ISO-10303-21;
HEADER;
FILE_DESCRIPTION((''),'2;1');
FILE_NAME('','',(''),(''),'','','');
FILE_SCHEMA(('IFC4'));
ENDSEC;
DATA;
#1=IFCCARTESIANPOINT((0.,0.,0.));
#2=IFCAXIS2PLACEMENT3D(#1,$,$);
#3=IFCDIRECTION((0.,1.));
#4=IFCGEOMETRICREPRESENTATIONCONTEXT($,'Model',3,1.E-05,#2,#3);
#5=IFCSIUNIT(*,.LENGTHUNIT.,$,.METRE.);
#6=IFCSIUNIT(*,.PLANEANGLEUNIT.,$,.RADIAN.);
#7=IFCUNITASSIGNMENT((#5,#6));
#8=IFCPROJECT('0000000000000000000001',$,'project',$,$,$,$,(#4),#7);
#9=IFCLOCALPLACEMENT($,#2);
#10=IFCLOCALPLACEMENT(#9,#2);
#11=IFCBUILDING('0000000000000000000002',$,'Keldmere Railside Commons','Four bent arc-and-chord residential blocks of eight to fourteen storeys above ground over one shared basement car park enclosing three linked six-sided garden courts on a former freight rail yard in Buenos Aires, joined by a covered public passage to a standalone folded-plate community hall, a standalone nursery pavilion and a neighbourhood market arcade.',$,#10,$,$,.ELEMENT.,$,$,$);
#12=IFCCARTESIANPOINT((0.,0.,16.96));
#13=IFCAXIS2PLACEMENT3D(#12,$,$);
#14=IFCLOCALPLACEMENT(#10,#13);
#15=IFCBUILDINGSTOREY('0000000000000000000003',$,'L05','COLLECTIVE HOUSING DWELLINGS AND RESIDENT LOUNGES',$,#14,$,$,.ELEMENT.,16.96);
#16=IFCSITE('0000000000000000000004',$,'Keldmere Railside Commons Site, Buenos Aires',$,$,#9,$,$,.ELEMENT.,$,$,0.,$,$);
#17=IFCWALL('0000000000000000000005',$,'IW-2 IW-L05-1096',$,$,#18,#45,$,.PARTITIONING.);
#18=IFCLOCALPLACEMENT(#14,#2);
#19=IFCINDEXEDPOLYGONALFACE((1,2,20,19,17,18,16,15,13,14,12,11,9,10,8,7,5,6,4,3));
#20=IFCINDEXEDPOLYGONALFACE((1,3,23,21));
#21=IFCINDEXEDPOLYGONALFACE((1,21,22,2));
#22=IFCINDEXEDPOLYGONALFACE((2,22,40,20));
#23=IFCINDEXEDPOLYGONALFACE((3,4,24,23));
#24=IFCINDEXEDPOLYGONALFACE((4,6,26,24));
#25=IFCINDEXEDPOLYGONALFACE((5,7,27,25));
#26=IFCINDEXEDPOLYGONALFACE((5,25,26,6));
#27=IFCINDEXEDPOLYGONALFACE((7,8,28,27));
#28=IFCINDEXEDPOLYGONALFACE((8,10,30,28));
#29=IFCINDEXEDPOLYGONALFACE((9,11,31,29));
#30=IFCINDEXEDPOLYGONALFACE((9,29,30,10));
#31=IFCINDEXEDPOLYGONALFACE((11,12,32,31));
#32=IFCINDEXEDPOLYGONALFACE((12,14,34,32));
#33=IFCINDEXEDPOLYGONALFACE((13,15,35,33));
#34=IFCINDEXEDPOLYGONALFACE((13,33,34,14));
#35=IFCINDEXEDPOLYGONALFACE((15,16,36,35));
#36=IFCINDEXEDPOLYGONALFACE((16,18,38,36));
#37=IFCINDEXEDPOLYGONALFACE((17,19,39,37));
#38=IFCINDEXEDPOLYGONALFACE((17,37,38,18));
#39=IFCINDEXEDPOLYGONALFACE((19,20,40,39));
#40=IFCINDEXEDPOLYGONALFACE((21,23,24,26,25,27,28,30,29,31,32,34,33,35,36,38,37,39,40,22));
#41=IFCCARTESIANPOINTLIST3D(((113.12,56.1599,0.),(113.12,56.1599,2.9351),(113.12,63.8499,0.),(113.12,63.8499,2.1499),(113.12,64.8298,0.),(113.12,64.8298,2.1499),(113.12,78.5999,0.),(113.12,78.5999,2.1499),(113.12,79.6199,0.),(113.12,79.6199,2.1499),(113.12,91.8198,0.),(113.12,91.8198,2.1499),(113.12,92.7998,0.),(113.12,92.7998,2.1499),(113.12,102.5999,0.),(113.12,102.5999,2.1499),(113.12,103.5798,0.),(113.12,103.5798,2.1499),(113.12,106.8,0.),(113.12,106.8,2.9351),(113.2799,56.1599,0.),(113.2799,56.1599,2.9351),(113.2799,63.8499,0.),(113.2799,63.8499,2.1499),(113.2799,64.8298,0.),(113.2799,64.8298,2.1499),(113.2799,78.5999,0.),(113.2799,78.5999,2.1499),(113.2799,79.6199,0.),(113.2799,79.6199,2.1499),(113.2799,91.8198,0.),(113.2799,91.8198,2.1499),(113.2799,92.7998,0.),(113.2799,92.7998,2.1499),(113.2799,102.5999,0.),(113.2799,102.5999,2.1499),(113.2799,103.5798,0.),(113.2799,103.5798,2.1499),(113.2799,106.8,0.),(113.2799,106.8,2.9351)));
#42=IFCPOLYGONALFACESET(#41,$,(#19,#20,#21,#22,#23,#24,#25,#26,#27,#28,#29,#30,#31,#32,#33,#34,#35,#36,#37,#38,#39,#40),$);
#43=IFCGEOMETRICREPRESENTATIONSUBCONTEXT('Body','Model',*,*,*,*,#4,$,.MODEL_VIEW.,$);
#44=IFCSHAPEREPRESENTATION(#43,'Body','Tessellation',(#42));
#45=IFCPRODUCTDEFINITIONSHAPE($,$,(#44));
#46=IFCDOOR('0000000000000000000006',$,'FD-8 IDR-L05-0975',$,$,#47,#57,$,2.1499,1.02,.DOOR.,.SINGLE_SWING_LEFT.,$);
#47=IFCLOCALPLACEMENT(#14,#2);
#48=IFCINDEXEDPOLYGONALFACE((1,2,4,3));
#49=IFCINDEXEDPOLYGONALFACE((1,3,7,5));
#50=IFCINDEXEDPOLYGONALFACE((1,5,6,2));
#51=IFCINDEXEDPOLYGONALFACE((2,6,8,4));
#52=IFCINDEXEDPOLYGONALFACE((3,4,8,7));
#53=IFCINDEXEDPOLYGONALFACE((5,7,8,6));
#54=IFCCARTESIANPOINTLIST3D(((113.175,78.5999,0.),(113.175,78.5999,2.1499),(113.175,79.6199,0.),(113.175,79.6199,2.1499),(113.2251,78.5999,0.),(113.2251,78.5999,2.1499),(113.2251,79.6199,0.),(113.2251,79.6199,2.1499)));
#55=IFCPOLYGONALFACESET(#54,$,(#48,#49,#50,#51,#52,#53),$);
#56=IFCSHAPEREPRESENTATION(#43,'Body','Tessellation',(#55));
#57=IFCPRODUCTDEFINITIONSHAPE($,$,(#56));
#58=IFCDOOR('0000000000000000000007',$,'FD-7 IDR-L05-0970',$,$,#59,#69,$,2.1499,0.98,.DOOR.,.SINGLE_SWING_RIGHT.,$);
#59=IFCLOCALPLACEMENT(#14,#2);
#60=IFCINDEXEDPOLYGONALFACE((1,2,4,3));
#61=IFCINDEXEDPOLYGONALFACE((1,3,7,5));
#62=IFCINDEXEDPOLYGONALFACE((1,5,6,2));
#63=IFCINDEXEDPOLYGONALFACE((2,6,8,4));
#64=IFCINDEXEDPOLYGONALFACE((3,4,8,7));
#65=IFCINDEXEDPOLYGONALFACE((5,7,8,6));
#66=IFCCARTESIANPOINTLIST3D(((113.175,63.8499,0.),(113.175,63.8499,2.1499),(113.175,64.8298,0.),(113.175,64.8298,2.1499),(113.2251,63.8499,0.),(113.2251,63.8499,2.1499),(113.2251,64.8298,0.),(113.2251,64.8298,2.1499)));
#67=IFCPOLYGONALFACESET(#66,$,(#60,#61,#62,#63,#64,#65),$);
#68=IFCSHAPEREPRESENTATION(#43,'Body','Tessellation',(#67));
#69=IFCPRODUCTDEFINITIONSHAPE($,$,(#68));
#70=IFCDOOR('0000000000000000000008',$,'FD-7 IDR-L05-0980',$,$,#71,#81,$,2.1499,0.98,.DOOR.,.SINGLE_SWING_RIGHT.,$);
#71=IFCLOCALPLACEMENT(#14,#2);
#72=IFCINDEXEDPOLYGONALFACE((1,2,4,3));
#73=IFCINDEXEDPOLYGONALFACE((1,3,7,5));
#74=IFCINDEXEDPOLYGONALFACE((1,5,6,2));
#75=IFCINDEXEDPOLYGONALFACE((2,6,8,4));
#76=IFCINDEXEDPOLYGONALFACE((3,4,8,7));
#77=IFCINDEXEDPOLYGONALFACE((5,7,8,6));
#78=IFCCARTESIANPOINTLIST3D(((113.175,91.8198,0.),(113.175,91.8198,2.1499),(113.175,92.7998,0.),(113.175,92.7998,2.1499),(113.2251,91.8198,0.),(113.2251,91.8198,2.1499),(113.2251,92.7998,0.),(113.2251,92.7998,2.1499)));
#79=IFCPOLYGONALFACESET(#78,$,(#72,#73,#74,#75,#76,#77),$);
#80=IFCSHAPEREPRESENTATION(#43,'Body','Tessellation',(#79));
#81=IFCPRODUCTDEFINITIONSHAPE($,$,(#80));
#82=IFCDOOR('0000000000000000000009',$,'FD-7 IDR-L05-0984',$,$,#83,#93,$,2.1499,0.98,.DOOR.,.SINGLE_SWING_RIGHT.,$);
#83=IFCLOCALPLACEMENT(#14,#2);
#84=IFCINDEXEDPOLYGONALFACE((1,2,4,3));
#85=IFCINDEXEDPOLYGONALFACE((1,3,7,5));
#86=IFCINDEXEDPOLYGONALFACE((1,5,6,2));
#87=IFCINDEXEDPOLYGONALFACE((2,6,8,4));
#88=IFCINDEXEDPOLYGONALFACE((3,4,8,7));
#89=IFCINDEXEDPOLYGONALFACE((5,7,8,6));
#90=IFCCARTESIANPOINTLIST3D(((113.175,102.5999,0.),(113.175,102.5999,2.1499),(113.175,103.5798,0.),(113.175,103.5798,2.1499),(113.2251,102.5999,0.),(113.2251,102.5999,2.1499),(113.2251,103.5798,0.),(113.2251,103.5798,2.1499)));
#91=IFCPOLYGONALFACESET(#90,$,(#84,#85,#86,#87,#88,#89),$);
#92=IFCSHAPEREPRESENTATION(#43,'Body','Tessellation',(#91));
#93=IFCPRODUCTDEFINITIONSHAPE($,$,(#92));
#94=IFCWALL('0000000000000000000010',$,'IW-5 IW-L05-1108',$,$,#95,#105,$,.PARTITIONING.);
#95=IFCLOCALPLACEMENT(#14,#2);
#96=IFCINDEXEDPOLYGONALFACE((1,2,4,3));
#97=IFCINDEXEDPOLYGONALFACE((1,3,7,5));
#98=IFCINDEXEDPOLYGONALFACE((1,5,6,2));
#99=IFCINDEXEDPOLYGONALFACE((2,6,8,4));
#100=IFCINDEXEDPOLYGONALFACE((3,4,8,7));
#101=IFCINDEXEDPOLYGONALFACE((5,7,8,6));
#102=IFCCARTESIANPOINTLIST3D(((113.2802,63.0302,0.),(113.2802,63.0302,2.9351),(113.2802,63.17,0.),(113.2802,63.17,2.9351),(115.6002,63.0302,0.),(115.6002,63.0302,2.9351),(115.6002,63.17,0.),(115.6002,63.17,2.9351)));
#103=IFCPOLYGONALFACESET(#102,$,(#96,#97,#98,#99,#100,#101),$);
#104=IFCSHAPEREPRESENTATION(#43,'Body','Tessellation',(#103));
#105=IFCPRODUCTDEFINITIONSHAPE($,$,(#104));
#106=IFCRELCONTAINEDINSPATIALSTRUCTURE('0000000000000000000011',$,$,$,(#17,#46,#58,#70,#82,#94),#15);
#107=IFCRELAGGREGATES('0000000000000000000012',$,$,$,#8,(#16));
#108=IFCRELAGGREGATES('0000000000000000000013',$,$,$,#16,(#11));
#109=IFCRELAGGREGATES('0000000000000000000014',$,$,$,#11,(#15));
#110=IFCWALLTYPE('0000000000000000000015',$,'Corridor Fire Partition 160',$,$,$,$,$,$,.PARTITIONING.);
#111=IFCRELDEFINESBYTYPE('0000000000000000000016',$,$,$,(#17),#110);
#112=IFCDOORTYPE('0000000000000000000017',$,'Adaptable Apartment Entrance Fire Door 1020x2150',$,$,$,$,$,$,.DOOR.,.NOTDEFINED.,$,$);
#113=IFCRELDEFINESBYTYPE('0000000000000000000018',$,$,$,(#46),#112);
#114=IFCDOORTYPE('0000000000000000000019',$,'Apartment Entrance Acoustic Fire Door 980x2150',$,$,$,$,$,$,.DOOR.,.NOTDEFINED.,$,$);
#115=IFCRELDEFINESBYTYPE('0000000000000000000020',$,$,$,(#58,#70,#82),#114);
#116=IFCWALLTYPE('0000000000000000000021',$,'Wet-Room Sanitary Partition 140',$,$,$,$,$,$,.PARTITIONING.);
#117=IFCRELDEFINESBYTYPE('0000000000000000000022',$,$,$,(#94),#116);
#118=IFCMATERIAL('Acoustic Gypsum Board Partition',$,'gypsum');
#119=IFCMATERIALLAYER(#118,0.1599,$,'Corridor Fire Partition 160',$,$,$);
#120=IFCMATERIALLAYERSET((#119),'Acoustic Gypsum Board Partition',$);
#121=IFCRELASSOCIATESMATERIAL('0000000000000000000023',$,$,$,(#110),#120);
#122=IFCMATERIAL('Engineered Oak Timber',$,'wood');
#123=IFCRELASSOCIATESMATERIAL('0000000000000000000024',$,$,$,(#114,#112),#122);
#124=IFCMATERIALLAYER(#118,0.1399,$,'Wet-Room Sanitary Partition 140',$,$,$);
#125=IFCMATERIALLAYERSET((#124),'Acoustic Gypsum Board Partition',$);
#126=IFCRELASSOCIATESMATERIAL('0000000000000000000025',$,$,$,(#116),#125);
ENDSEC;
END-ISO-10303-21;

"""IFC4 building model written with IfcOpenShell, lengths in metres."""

from ifc_helpers import new_model, si_unit, direction, frame, frame_2d, origin, place, context, subcontext, project, spatial, rectangle, extrude, material, layer, layer_set, type_object, element, fill, save


model = new_model("IFC4")

# Units and contexts
model_context = context("Model", 3, precision=1e-05, world=origin(), true_north=direction((0.0, 1.0)))
body_context = subcontext(model_context, "Body", "Model", "MODEL_VIEW")
ifc_project = project(units=[si_unit("LENGTHUNIT", "METRE"), si_unit("PLANEANGLEUNIT", "RADIAN")], contexts=[model_context])

# Site, building, storey
site_placement = place(None, origin())
site = spatial("IfcSite", under=ifc_project, at=site_placement, Name="Keldmere Railside Commons Site, Buenos Aires", CompositionType="ELEMENT", RefElevation=0.0)
building_placement = place(site_placement, origin())
building = spatial("IfcBuilding", under=site, at=building_placement, Name="Keldmere Railside Commons", Description="Four bent arc-and-chord residential blocks of eight to fourteen storeys above ground over one shared basement car park enclosing three linked six-sided garden courts on a former freight rail yard in Buenos Aires, joined by a covered public passage to a standalone folded-plate community hall, a standalone nursery pavilion and a neighbourhood market arcade.", CompositionType="ELEMENT")
storey_placement = place(building_placement, frame((0.0, 0.0, 16.96)))
storey = spatial("IfcBuildingStorey", under=building, at=storey_placement, Name="L05", Description="COLLECTIVE HOUSING DWELLINGS AND RESIDENT LOUNGES", CompositionType="ELEMENT", Elevation=16.96)

# Shared definitions
ifc_material_1 = material(Name="Acoustic Gypsum Board Partition", Category="gypsum")
ifc_material_2 = material(Name="Engineered Oak Timber", Category="wood")

# Wall, openings, doors
ifc_layer_1 = layer(ifc_material_1, 0.1599, Name="Corridor Fire Partition 160")
ifc_layer_set_1 = layer_set([ifc_layer_1], Name="Acoustic Gypsum Board Partition")
wall_type_1 = type_object("IfcWallType", Name="Corridor Fire Partition 160", PredefinedType="PARTITIONING", material=ifc_layer_set_1)
door_type_1 = type_object("IfcDoorType", Name="Apartment Entrance Acoustic Fire Door 980x2150", OperationType="NOTDEFINED", PredefinedType="DOOR", material=ifc_material_2)
wall_1_placement = place(storey_placement, frame((113.2, 56.1599, 0.0), z_axis=(0.0, 0.0, 1.0), x_axis=(0.0, 1.0, 0.0)))
wall_1 = element("IfcWall", 1, at=wall_1_placement, inside=storey, type_object=wall_type_1, Name="IW-2 IW-L05-1096", PredefinedType="PARTITIONING", context=body_context, shape_type="SweptSolid", body=[
    extrude(rectangle(XDim=50.6401, YDim=0.1599, at=frame_2d((25.3201, 0.0))), origin(), (0.0, 0.0, 1.0), 2.9351),
])
opening_1_placement = place(wall_1_placement, frame((7.6899, 0.0, 0.0)))
opening_1 = element("IfcOpeningElement", 2, at=opening_1_placement, cuts=wall_1, PredefinedType="OPENING", context=body_context, shape_type="SweptSolid", body=[
    extrude(rectangle(XDim=0.98, YDim=2.1499, at=frame_2d((0.49, 1.075))), frame((0.0, 0.0898, 0.0), z_axis=(0.0, -1.0, 0.0), x_axis=(1.0, 0.0, 0.0)), (0.0, 0.0, 1.0), 0.1799),
])
opening_2_placement = place(wall_1_placement, frame((22.4399, 0.0, 0.0)))
opening_2 = element("IfcOpeningElement", 3, at=opening_2_placement, cuts=wall_1, PredefinedType="OPENING", context=body_context, shape_type="SweptSolid", body=[
    extrude(rectangle(XDim=1.02, YDim=2.1499, at=frame_2d((0.51, 1.075))), frame((0.0, 0.0898, 0.0), z_axis=(0.0, -1.0, 0.0), x_axis=(1.0, 0.0, 0.0)), (0.0, 0.0, 1.0), 0.1799),
])
opening_3_placement = place(wall_1_placement, frame((35.6599, 0.0, 0.0)))
opening_3 = element("IfcOpeningElement", 4, at=opening_3_placement, cuts=wall_1, PredefinedType="OPENING", context=body_context, shape_type="SweptSolid", body=[
    extrude(rectangle(XDim=0.98, YDim=2.1499, at=frame_2d((0.49, 1.075))), frame((0.0, 0.0898, 0.0), z_axis=(0.0, -1.0, 0.0), x_axis=(1.0, 0.0, 0.0)), (0.0, 0.0, 1.0), 0.1799),
])
opening_4_placement = place(wall_1_placement, frame((46.4399, 0.0, 0.0)))
opening_4 = element("IfcOpeningElement", 5, at=opening_4_placement, cuts=wall_1, PredefinedType="OPENING", context=body_context, shape_type="SweptSolid", body=[
    extrude(rectangle(XDim=0.98, YDim=2.1499, at=frame_2d((0.49, 1.075))), frame((0.0, 0.0898, 0.0), z_axis=(0.0, -1.0, 0.0), x_axis=(1.0, 0.0, 0.0)), (0.0, 0.0, 1.0), 0.1799),
])
door_type_2 = type_object("IfcDoorType", Name="Adaptable Apartment Entrance Fire Door 1020x2150", OperationType="NOTDEFINED", PredefinedType="DOOR", material=ifc_material_2)
door_1_placement = place(opening_2_placement, origin())
door_1 = element("IfcDoor", 6, at=door_1_placement, inside=storey, type_object=door_type_2, Name="FD-8 IDR-L05-0975", OperationType="SINGLE_SWING_LEFT", OverallHeight=2.1499, OverallWidth=1.02, PredefinedType="DOOR", context=body_context, shape_type="SweptSolid", body=[
    extrude(rectangle(XDim=1.02, YDim=2.1499, at=frame_2d((0.51, 1.075))), frame((0.0, 0.0249, 0.0), z_axis=(0.0, -1.0, 0.0), x_axis=(1.0, 0.0, 0.0)), (0.0, 0.0, 1.0), 0.05),
])
fill(opening_2, door_1)
door_2_placement = place(opening_1_placement, origin())
door_2 = element("IfcDoor", 7, at=door_2_placement, inside=storey, type_object=door_type_1, Name="FD-7 IDR-L05-0970", OperationType="SINGLE_SWING_RIGHT", OverallHeight=2.1499, OverallWidth=0.98, PredefinedType="DOOR", context=body_context, shape_type="SweptSolid", body=[
    extrude(rectangle(XDim=0.98, YDim=2.1499, at=frame_2d((0.49, 1.075))), frame((0.0, 0.0249, 0.0), z_axis=(0.0, -1.0, 0.0), x_axis=(1.0, 0.0, 0.0)), (0.0, 0.0, 1.0), 0.05),
])
fill(opening_1, door_2)
door_3_placement = place(opening_3_placement, origin())
door_3 = element("IfcDoor", 8, at=door_3_placement, inside=storey, type_object=door_type_1, Name="FD-7 IDR-L05-0980", OperationType="SINGLE_SWING_RIGHT", OverallHeight=2.1499, OverallWidth=0.98, PredefinedType="DOOR", context=body_context, shape_type="SweptSolid", body=[
    extrude(rectangle(XDim=0.98, YDim=2.1499, at=frame_2d((0.49, 1.075))), frame((0.0, 0.0249, 0.0), z_axis=(0.0, -1.0, 0.0), x_axis=(1.0, 0.0, 0.0)), (0.0, 0.0, 1.0), 0.05),
])
fill(opening_3, door_3)
door_4_placement = place(opening_4_placement, origin())
door_4 = element("IfcDoor", 9, at=door_4_placement, inside=storey, type_object=door_type_1, Name="FD-7 IDR-L05-0984", OperationType="SINGLE_SWING_RIGHT", OverallHeight=2.1499, OverallWidth=0.98, PredefinedType="DOOR", context=body_context, shape_type="SweptSolid", body=[
    extrude(rectangle(XDim=0.98, YDim=2.1499, at=frame_2d((0.49, 1.075))), frame((0.0, 0.0249, 0.0), z_axis=(0.0, -1.0, 0.0), x_axis=(1.0, 0.0, 0.0)), (0.0, 0.0, 1.0), 0.05),
])
fill(opening_4, door_4)

# Wall
ifc_layer_2 = layer(ifc_material_1, 0.1399, Name="Wet-Room Sanitary Partition 140")
ifc_layer_set_2 = layer_set([ifc_layer_2], Name="Acoustic Gypsum Board Partition")
wall_type_2 = type_object("IfcWallType", Name="Wet-Room Sanitary Partition 140", PredefinedType="PARTITIONING", material=ifc_layer_set_2)
wall_2_placement = place(storey_placement, frame((113.28, 63.1001, 0.0), z_axis=(0.0, 0.0, 1.0), x_axis=(1.0, 0.0, 0.0)))
element("IfcWall", 10, at=wall_2_placement, inside=storey, type_object=wall_type_2, Name="IW-5 IW-L05-1108", PredefinedType="PARTITIONING", context=body_context, shape_type="SweptSolid", body=[
    extrude(rectangle(XDim=2.3201, YDim=0.1399, at=frame_2d((1.1602, 0.0))), origin(), (0.0, 0.0, 1.0), 2.9351),
])

save(model, "model.ifc")
